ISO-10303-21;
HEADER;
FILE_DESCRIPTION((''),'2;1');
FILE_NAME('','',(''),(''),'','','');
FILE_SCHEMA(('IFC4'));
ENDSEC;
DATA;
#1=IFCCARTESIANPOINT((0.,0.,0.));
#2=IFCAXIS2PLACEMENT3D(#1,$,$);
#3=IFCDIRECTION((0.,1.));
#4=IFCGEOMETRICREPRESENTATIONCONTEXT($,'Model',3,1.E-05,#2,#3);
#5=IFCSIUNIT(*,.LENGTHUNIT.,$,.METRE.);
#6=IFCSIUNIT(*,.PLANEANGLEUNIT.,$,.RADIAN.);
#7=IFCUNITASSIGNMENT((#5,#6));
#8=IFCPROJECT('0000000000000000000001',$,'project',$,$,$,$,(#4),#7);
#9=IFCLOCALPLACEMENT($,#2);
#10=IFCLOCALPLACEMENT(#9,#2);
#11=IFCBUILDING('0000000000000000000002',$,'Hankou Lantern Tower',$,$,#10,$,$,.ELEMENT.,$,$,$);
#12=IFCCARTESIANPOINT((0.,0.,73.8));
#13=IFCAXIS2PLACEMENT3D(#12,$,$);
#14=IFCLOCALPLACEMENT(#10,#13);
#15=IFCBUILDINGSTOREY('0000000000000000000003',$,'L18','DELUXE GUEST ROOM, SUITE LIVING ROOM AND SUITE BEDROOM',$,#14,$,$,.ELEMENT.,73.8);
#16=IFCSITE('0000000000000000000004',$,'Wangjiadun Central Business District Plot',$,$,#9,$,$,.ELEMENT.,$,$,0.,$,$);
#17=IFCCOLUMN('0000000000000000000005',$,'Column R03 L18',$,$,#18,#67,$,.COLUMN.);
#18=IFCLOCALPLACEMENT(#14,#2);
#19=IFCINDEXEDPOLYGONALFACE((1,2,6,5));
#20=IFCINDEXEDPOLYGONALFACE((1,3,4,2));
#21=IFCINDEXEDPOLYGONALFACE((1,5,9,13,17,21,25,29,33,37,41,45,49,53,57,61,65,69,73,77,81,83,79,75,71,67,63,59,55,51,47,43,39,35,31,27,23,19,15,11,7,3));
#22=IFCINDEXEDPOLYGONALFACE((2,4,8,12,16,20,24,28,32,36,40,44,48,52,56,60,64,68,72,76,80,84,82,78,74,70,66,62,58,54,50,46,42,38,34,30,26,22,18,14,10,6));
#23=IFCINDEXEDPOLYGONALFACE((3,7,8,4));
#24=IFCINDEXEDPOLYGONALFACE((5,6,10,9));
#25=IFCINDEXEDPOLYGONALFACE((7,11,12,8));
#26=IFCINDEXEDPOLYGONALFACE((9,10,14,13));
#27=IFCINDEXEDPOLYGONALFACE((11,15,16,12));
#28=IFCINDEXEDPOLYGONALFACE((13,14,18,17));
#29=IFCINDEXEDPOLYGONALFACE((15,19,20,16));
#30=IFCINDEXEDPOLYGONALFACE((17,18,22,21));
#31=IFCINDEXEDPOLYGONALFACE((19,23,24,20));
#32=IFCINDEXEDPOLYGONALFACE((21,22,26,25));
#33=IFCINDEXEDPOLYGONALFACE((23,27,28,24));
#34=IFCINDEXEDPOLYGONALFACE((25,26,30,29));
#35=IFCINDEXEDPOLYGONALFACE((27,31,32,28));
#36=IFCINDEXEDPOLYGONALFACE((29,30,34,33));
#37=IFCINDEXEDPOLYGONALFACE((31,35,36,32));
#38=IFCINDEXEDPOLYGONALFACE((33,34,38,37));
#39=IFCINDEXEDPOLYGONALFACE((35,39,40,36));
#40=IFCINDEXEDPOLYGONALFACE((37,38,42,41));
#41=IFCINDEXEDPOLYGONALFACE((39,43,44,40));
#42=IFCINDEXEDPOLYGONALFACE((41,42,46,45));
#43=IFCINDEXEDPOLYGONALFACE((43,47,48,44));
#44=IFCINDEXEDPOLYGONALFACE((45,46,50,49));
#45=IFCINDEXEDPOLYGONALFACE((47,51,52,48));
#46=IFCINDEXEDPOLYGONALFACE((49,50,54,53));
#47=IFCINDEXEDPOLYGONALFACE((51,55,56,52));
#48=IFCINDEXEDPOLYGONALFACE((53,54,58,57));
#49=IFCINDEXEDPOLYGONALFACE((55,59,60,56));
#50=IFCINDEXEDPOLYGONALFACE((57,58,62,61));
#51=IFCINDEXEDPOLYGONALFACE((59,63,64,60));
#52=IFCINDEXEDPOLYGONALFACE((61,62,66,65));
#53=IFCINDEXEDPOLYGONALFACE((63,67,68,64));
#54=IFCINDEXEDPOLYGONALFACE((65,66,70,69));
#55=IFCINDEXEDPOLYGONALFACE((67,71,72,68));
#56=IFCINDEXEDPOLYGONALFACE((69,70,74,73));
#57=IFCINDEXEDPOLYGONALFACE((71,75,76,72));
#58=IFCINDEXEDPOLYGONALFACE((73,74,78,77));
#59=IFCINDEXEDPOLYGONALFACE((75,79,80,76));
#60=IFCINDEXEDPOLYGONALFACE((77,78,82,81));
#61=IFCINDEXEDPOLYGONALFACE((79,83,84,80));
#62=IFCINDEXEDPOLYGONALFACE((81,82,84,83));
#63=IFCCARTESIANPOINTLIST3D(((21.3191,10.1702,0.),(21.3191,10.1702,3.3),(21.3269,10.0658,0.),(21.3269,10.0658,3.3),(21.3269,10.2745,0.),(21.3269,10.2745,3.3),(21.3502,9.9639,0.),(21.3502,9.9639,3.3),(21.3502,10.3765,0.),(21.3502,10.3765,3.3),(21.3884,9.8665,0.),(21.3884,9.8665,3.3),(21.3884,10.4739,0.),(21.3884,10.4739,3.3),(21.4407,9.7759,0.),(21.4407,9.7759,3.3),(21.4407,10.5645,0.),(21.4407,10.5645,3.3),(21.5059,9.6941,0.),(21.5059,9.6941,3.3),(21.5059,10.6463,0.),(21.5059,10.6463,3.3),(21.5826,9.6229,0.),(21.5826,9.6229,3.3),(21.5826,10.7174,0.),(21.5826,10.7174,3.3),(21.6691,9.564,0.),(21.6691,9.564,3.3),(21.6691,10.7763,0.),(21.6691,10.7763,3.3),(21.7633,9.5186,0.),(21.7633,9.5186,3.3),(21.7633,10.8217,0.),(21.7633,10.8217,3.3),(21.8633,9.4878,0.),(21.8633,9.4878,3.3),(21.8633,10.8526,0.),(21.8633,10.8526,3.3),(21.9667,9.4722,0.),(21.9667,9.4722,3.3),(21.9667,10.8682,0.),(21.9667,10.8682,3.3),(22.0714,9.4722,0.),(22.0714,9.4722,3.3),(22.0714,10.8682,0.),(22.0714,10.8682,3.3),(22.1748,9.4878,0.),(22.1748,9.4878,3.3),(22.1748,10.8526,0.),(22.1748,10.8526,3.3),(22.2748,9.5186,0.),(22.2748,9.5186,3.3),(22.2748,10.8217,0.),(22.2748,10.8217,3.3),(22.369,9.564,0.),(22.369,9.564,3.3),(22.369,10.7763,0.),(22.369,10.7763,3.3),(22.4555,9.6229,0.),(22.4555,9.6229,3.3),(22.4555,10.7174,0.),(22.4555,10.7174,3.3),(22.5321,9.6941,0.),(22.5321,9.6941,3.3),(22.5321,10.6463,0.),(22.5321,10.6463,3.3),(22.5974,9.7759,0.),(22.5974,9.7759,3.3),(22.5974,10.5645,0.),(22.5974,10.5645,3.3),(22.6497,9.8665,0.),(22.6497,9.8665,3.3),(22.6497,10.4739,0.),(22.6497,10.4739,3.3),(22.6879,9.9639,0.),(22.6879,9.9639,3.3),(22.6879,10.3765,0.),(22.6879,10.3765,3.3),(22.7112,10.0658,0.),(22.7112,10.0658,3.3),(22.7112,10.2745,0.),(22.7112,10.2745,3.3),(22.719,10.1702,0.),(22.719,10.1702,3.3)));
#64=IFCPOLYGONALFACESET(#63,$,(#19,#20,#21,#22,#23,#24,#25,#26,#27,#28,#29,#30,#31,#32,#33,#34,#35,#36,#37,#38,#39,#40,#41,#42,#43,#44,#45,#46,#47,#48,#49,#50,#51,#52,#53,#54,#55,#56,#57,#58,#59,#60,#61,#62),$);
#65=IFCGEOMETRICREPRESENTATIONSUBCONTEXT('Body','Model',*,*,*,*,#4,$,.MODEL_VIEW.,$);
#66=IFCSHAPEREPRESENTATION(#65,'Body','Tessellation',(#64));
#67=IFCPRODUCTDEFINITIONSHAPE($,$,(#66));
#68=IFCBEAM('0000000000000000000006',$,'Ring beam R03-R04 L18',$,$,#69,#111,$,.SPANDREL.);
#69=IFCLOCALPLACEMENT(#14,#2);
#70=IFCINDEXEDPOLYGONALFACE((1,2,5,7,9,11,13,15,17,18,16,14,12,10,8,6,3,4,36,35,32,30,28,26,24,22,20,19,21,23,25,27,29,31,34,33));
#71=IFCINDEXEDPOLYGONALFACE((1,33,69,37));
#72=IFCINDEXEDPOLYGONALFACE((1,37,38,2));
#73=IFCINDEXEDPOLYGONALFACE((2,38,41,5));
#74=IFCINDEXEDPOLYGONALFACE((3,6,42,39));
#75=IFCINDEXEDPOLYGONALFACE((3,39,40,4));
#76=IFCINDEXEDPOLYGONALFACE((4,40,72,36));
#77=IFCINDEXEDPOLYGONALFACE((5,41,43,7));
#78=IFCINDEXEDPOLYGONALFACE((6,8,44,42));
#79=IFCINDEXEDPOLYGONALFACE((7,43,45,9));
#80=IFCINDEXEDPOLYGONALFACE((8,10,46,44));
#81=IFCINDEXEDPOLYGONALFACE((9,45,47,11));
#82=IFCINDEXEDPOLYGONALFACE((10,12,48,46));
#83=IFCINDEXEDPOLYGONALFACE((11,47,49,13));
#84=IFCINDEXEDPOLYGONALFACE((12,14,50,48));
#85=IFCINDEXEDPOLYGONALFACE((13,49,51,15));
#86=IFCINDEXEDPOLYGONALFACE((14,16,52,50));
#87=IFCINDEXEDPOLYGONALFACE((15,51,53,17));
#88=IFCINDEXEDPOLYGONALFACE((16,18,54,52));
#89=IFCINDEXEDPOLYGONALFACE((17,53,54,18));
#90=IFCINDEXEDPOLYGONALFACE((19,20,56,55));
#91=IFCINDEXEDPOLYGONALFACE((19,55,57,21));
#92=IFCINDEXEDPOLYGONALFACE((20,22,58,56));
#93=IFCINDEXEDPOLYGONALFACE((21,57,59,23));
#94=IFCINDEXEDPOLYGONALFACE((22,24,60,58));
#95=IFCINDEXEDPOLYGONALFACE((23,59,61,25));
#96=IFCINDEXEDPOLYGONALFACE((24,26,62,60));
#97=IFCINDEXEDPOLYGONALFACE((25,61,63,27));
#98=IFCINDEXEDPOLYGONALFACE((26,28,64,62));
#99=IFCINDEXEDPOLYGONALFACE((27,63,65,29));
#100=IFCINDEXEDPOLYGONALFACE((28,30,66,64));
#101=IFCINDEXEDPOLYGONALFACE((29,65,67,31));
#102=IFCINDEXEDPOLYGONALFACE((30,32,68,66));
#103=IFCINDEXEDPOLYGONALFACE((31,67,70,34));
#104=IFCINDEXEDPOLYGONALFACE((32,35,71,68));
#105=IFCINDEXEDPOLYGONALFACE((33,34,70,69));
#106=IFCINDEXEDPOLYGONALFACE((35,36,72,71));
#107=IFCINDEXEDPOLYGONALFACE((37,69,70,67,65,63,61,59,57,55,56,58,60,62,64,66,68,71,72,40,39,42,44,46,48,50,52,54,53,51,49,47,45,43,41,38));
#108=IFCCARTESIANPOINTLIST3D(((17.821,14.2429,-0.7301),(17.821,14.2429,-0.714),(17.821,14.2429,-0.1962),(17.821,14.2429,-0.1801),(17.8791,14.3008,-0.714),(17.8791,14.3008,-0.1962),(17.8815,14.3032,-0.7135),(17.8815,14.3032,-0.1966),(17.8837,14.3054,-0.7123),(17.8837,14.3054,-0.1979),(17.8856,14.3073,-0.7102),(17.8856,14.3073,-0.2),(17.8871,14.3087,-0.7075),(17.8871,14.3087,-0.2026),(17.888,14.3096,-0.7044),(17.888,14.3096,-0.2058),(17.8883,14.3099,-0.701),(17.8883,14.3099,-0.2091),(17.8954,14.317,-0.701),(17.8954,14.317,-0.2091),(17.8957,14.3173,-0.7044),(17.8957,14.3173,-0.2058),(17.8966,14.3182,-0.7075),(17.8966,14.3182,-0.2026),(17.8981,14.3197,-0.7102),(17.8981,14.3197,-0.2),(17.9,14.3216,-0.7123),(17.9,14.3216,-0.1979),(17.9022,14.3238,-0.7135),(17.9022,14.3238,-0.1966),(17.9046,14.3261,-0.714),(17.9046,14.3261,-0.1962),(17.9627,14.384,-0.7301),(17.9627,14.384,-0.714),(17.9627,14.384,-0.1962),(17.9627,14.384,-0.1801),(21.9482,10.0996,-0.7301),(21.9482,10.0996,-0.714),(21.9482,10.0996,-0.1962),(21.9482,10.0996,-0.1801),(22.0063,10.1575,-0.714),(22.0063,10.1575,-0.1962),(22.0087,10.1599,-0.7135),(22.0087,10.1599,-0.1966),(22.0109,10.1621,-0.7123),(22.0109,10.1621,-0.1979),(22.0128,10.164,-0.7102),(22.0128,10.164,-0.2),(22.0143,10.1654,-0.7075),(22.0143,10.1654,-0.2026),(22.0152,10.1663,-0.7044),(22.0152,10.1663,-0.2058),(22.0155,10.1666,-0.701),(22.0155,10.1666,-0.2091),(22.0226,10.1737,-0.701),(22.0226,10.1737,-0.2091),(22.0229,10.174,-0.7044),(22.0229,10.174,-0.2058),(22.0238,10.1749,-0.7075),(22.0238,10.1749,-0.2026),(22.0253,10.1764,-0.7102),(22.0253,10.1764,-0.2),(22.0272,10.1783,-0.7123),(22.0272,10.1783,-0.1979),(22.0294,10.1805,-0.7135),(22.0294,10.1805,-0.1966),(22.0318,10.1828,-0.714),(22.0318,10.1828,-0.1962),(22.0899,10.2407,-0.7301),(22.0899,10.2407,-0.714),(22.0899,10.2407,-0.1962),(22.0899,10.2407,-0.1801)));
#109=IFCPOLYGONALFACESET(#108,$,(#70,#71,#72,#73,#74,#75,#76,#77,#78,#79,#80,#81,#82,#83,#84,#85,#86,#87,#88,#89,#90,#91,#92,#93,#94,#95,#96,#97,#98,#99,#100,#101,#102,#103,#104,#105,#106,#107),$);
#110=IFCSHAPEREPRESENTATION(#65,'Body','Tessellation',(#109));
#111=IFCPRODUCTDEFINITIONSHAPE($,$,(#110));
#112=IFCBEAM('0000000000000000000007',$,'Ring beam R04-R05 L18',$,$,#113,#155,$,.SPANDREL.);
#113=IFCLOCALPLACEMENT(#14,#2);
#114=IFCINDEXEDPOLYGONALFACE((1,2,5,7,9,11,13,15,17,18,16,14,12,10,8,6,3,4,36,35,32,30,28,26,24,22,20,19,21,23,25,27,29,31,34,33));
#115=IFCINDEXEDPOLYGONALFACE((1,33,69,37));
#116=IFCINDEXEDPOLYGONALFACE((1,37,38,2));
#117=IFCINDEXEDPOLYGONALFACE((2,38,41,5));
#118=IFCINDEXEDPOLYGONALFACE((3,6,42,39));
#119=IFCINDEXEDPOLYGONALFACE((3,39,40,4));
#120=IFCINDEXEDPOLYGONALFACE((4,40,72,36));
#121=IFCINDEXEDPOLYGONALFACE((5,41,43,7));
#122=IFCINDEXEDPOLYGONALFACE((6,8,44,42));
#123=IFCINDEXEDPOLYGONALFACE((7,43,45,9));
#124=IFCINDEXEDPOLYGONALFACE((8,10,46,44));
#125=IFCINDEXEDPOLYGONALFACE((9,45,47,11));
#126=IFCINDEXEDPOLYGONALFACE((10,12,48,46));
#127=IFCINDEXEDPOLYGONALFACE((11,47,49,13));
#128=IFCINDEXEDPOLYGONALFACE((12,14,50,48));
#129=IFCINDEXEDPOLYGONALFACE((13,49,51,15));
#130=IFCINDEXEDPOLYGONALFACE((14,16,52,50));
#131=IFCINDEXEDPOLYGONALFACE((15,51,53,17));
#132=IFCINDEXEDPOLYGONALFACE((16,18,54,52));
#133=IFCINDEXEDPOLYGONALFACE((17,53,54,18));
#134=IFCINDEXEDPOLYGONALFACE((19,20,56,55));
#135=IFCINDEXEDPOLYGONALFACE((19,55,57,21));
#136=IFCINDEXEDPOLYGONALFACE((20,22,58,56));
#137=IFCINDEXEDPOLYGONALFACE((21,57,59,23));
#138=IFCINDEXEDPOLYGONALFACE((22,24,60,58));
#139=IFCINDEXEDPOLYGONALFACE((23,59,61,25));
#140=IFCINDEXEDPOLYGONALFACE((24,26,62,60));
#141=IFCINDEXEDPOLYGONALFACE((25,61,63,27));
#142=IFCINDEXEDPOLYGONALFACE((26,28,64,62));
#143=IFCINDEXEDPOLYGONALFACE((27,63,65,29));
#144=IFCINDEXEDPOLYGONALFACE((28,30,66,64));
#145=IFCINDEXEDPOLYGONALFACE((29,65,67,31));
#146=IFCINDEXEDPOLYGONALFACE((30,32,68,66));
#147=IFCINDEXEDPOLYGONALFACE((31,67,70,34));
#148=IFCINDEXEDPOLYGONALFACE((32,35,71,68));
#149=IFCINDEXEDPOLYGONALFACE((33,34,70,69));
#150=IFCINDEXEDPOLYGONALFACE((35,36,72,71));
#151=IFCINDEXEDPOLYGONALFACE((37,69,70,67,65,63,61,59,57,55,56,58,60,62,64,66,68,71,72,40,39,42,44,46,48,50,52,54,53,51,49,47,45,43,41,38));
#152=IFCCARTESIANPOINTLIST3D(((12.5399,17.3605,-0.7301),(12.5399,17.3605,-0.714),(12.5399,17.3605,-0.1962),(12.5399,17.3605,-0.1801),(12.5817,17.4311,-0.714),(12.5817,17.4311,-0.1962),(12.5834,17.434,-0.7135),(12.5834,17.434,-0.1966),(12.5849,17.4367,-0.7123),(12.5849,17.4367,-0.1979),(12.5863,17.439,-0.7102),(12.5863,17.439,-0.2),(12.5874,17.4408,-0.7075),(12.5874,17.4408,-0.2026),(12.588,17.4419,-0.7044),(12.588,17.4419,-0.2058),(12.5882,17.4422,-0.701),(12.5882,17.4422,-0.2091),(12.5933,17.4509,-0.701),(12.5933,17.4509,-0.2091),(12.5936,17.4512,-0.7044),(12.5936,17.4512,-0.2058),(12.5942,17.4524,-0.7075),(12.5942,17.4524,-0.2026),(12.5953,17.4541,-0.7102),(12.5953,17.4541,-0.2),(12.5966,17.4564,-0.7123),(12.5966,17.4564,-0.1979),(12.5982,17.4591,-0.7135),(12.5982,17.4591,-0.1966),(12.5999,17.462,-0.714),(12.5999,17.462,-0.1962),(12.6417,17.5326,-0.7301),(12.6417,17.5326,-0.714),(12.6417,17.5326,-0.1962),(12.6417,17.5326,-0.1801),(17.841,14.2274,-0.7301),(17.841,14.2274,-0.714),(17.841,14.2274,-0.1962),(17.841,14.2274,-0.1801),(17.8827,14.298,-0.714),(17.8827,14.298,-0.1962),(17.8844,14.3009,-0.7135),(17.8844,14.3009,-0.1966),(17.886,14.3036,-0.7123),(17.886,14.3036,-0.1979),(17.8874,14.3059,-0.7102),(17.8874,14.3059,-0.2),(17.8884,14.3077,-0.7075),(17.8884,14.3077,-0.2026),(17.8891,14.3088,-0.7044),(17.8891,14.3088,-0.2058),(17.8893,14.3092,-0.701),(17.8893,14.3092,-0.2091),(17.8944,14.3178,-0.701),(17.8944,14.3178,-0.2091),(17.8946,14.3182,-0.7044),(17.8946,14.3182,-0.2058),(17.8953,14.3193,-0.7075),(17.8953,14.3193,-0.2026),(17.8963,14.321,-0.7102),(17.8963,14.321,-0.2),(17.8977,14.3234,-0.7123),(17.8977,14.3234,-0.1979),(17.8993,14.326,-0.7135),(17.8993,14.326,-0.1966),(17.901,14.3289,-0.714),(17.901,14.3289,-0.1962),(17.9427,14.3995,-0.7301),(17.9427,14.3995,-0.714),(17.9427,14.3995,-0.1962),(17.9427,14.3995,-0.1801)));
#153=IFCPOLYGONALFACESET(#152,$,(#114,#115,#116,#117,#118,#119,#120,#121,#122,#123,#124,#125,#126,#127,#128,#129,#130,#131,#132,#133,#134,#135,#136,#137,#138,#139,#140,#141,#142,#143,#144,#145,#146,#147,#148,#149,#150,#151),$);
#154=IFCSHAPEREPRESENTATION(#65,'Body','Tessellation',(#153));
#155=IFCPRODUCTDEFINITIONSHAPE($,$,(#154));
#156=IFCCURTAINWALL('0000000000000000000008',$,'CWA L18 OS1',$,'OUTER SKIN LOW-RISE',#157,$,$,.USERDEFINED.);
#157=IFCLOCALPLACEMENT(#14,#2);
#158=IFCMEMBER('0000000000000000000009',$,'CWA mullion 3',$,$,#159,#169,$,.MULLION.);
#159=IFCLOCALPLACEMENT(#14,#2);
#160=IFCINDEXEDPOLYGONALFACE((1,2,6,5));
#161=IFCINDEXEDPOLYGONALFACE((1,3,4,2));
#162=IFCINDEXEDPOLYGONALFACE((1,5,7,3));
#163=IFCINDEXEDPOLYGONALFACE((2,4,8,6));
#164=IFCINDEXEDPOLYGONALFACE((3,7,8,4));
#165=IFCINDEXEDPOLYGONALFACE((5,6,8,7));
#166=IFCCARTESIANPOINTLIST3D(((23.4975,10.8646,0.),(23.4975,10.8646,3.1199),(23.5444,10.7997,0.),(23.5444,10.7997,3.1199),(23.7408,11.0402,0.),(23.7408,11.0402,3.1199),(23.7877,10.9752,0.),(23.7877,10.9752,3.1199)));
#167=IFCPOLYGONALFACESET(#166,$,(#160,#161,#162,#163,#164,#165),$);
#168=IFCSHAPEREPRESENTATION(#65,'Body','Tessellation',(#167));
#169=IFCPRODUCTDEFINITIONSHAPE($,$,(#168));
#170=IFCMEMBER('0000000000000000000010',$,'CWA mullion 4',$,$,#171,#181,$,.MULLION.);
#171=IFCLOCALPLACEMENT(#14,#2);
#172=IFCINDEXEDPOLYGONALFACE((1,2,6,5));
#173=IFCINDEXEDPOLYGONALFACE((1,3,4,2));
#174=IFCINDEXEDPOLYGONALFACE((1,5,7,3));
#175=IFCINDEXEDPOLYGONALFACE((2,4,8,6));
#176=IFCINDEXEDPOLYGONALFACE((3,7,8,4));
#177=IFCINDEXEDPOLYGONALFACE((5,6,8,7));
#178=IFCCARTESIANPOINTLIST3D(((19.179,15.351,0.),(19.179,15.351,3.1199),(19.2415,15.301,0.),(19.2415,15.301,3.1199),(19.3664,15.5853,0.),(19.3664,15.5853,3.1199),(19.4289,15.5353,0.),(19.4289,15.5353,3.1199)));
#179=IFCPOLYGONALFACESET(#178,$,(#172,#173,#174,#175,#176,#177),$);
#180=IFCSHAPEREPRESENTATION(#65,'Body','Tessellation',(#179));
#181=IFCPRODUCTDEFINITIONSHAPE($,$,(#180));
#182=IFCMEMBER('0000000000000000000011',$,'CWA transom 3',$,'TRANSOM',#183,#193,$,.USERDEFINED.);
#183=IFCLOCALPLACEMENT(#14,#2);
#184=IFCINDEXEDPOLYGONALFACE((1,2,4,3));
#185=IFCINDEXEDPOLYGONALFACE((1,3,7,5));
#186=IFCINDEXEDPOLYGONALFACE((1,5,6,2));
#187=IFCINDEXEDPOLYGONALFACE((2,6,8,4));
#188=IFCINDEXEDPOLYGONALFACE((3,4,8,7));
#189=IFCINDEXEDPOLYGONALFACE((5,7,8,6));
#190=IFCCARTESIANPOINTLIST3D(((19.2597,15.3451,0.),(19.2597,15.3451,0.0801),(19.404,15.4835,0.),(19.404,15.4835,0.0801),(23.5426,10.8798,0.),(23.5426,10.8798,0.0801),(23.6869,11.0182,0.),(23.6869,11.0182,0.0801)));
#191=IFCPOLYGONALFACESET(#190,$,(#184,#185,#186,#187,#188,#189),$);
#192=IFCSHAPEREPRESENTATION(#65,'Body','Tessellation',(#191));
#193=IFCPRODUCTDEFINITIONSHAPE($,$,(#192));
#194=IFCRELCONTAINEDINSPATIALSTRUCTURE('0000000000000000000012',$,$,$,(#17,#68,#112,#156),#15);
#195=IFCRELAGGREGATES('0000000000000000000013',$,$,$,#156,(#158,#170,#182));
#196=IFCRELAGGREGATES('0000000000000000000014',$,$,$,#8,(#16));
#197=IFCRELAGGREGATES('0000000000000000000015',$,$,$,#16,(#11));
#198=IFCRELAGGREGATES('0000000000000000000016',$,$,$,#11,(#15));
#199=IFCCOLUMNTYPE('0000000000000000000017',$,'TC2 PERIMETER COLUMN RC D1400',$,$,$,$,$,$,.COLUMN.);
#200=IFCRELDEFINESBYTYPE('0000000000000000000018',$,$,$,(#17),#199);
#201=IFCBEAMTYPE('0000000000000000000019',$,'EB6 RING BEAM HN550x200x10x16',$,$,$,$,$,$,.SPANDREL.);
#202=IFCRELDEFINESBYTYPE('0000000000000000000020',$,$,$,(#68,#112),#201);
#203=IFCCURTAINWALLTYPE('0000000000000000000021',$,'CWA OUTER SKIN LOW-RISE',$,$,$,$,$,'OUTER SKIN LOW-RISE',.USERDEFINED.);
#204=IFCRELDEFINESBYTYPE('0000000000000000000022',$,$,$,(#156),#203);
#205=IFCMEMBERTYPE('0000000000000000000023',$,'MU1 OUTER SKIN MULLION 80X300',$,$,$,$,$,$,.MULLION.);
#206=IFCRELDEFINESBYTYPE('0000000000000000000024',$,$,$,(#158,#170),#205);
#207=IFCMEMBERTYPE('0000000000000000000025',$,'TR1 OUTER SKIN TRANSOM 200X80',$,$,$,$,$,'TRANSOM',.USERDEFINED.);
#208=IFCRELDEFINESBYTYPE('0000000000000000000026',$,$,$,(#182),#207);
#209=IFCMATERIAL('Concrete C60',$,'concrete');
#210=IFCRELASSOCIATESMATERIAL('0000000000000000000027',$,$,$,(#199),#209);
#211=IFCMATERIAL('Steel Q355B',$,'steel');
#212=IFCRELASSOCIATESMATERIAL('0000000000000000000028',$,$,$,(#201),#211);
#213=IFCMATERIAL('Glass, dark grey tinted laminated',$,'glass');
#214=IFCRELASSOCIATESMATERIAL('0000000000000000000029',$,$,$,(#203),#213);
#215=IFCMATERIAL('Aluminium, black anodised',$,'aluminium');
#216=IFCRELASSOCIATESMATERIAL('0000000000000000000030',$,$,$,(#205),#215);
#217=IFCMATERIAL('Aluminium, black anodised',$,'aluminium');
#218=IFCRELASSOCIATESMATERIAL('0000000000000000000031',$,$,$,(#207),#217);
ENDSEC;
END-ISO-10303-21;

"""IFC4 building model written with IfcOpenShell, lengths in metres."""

from ifc_helpers import new_model, si_unit, direction, frame, origin, origin_2d, place, context, subcontext, project, spatial, rectangle, circle, i_section, extrude, material, material_profile, profile_set, type_object, element, aggregate, save


model = new_model("IFC4")

# Units and contexts
model_context = context("Model", 3, precision=1e-05, world=origin(), true_north=direction((0.0, 1.0)))
body_context = subcontext(model_context, "Body", "Model", "MODEL_VIEW")
ifc_project = project(units=[si_unit("LENGTHUNIT", "METRE"), si_unit("PLANEANGLEUNIT", "RADIAN")], contexts=[model_context])

# Site, building, storey
site_placement = place(None, origin())
site = spatial("IfcSite", under=ifc_project, at=site_placement, Name="Wangjiadun Central Business District Plot", CompositionType="ELEMENT", RefElevation=0.0)
building_placement = place(site_placement, origin())
building = spatial("IfcBuilding", under=site, at=building_placement, Name="Hankou Lantern Tower", CompositionType="ELEMENT")
storey_placement = place(building_placement, frame((0.0, 0.0, 73.8)))
storey = spatial("IfcBuildingStorey", under=building, at=storey_placement, Name="L18", Description="DELUXE GUEST ROOM, SUITE LIVING ROOM AND SUITE BEDROOM", CompositionType="ELEMENT", Elevation=73.8)

# Column
ifc_material_1 = material(Name="Concrete C60", Category="concrete")
ifc_material_profile_1 = material_profile(ifc_material_1, circle(Radius=0.7, at=origin_2d()), Name="RC D1400")
ifc_profile_set_1 = profile_set([ifc_material_profile_1], Name="Concrete C60")
column_type = type_object("IfcColumnType", Name="TC2 PERIMETER COLUMN RC D1400", PredefinedType="COLUMN", material=ifc_profile_set_1)
column_placement = place(storey_placement, frame((22.019, 10.1702, 0.0), z_axis=(0.0, 0.0, 1.0), x_axis=(1.0, 0.0, 0.0)))
element("IfcColumn", 1, at=column_placement, inside=storey, type_object=column_type, Name="Column R03 L18", PredefinedType="COLUMN", context=body_context, shape_type="SweptSolid", body=[
    extrude(circle(Radius=0.7, at=origin_2d()), origin(), (0.0, 0.0, 1.0), 3.3),
])

# Beams
ifc_material_2 = material(Name="Steel Q355B", Category="steel")
ifc_material_profile_2 = material_profile(ifc_material_2, i_section(OverallWidth=0.2, OverallDepth=0.55, WebThickness=0.01, FlangeThickness=0.0161, FilletRadius=0.0129, at=origin_2d()), Name="HN550x200x10x16")
ifc_profile_set_2 = profile_set([ifc_material_profile_2], Name="Steel Q355B")
beam_type = type_object("IfcBeamType", Name="EB6 RING BEAM HN550x200x10x16", PredefinedType="SPANDREL", material=ifc_profile_set_2)
beam_1_placement = place(storey_placement, frame((22.019, 10.1702, -0.4551), z_axis=(-0.705728, 0.708483, 0.0), x_axis=(-0.708483, -0.705728, 0.0)))
element("IfcBeam", 2, at=beam_1_placement, inside=storey, type_object=beam_type, Name="Ring beam R03-R04 L18", PredefinedType="SPANDREL", context=body_context, shape_type="SweptSolid", body=[
    extrude(i_section(OverallWidth=0.2, OverallDepth=0.55, WebThickness=0.01, FlangeThickness=0.0161, FilletRadius=0.0129, at=origin_2d()), origin(), (0.0, 0.0, 1.0), 5.8481),
])
beam_2_placement = place(storey_placement, frame((17.8918, 14.3135, -0.4551), z_axis=(-0.860882, 0.508805, 0.0), x_axis=(-0.508805, -0.860882, 0.0)))
element("IfcBeam", 3, at=beam_2_placement, inside=storey, type_object=beam_type, Name="Ring beam R04-R05 L18", PredefinedType="SPANDREL", context=body_context, shape_type="SweptSolid", body=[
    extrude(i_section(OverallWidth=0.2, OverallDepth=0.55, WebThickness=0.01, FlangeThickness=0.0161, FilletRadius=0.0129, at=origin_2d()), origin(), (0.0, 0.0, 1.0), 6.1577),
])

# Curtain wall, members
ifc_material_3 = material(Name="Glass, dark grey tinted laminated", Category="glass")
curtain_wall_type = type_object("IfcCurtainWallType", Name="CWA OUTER SKIN LOW-RISE", ElementType="OUTER SKIN LOW-RISE", PredefinedType="USERDEFINED", material=ifc_material_3)
curtain_wall_placement = place(storey_placement, origin())
curtain_wall = element("IfcCurtainWall", 4, at=curtain_wall_placement, inside=storey, type_object=curtain_wall_type, Name="CWA L18 OS1", ObjectType="OUTER SKIN LOW-RISE", PredefinedType="USERDEFINED")
ifc_material_4 = material(Name="Aluminium, black anodised", Category="aluminium")
ifc_material_profile_3 = material_profile(ifc_material_4, rectangle(XDim=0.0801, YDim=0.3, at=origin_2d()), Name="MU1 80X300")
ifc_profile_set_3 = profile_set([ifc_material_profile_3], Name="Aluminium, black anodised")
member_type_1 = type_object("IfcMemberType", Name="MU1 OUTER SKIN MULLION 80X300", PredefinedType="MULLION", material=ifc_profile_set_3)
member_1_placement = place(storey_placement, frame((23.6426, 10.9199, 0.0), z_axis=(0.0, 0.0, 1.0), x_axis=(-0.585206, 0.810885, 0.0)))
member_1 = element("IfcMember", 5, at=member_1_placement, type_object=member_type_1, Name="CWA mullion 3", PredefinedType="MULLION", context=body_context, shape_type="SweptSolid", body=[
    extrude(rectangle(XDim=0.0801, YDim=0.3, at=origin_2d()), origin(), (0.0, 0.0, 1.0), 3.1199),
])
member_2_placement = place(storey_placement, frame((19.304, 15.4431, 0.0), z_axis=(0.0, 0.0, 1.0), x_axis=(-0.780869, 0.624695, 0.0)))
member_2 = element("IfcMember", 6, at=member_2_placement, type_object=member_type_1, Name="CWA mullion 4", PredefinedType="MULLION", context=body_context, shape_type="SweptSolid", body=[
    extrude(rectangle(XDim=0.0801, YDim=0.3, at=origin_2d()), origin(), (0.0, 0.0, 1.0), 3.1199),
])
ifc_material_5 = material(Name="Aluminium, black anodised", Category="aluminium")
ifc_material_profile_4 = material_profile(ifc_material_5, rectangle(XDim=0.2, YDim=0.0801, at=origin_2d()), Name="TR1 200X80")
ifc_profile_set_4 = profile_set([ifc_material_profile_4], Name="Aluminium, black anodised")
member_type_2 = type_object("IfcMemberType", Name="TR1 OUTER SKIN TRANSOM 200X80", ElementType="TRANSOM", PredefinedType="USERDEFINED", material=ifc_profile_set_4)
member_3_placement = place(storey_placement, frame((23.6147, 10.949, 0.04), z_axis=(-0.692216, 0.721691, 0.0), x_axis=(-0.721691, -0.692216, 0.0)))
member_3 = element("IfcMember", 7, at=member_3_placement, type_object=member_type_2, Name="CWA transom 3", ObjectType="TRANSOM", PredefinedType="USERDEFINED", context=body_context, shape_type="SweptSolid", body=[
    extrude(rectangle(XDim=0.2, YDim=0.0801, at=origin_2d()), origin(), (0.0, 0.0, 1.0), 6.1873),
])
aggregate(curtain_wall, [member_1, member_2, member_3])

save(model, "model.ifc")
